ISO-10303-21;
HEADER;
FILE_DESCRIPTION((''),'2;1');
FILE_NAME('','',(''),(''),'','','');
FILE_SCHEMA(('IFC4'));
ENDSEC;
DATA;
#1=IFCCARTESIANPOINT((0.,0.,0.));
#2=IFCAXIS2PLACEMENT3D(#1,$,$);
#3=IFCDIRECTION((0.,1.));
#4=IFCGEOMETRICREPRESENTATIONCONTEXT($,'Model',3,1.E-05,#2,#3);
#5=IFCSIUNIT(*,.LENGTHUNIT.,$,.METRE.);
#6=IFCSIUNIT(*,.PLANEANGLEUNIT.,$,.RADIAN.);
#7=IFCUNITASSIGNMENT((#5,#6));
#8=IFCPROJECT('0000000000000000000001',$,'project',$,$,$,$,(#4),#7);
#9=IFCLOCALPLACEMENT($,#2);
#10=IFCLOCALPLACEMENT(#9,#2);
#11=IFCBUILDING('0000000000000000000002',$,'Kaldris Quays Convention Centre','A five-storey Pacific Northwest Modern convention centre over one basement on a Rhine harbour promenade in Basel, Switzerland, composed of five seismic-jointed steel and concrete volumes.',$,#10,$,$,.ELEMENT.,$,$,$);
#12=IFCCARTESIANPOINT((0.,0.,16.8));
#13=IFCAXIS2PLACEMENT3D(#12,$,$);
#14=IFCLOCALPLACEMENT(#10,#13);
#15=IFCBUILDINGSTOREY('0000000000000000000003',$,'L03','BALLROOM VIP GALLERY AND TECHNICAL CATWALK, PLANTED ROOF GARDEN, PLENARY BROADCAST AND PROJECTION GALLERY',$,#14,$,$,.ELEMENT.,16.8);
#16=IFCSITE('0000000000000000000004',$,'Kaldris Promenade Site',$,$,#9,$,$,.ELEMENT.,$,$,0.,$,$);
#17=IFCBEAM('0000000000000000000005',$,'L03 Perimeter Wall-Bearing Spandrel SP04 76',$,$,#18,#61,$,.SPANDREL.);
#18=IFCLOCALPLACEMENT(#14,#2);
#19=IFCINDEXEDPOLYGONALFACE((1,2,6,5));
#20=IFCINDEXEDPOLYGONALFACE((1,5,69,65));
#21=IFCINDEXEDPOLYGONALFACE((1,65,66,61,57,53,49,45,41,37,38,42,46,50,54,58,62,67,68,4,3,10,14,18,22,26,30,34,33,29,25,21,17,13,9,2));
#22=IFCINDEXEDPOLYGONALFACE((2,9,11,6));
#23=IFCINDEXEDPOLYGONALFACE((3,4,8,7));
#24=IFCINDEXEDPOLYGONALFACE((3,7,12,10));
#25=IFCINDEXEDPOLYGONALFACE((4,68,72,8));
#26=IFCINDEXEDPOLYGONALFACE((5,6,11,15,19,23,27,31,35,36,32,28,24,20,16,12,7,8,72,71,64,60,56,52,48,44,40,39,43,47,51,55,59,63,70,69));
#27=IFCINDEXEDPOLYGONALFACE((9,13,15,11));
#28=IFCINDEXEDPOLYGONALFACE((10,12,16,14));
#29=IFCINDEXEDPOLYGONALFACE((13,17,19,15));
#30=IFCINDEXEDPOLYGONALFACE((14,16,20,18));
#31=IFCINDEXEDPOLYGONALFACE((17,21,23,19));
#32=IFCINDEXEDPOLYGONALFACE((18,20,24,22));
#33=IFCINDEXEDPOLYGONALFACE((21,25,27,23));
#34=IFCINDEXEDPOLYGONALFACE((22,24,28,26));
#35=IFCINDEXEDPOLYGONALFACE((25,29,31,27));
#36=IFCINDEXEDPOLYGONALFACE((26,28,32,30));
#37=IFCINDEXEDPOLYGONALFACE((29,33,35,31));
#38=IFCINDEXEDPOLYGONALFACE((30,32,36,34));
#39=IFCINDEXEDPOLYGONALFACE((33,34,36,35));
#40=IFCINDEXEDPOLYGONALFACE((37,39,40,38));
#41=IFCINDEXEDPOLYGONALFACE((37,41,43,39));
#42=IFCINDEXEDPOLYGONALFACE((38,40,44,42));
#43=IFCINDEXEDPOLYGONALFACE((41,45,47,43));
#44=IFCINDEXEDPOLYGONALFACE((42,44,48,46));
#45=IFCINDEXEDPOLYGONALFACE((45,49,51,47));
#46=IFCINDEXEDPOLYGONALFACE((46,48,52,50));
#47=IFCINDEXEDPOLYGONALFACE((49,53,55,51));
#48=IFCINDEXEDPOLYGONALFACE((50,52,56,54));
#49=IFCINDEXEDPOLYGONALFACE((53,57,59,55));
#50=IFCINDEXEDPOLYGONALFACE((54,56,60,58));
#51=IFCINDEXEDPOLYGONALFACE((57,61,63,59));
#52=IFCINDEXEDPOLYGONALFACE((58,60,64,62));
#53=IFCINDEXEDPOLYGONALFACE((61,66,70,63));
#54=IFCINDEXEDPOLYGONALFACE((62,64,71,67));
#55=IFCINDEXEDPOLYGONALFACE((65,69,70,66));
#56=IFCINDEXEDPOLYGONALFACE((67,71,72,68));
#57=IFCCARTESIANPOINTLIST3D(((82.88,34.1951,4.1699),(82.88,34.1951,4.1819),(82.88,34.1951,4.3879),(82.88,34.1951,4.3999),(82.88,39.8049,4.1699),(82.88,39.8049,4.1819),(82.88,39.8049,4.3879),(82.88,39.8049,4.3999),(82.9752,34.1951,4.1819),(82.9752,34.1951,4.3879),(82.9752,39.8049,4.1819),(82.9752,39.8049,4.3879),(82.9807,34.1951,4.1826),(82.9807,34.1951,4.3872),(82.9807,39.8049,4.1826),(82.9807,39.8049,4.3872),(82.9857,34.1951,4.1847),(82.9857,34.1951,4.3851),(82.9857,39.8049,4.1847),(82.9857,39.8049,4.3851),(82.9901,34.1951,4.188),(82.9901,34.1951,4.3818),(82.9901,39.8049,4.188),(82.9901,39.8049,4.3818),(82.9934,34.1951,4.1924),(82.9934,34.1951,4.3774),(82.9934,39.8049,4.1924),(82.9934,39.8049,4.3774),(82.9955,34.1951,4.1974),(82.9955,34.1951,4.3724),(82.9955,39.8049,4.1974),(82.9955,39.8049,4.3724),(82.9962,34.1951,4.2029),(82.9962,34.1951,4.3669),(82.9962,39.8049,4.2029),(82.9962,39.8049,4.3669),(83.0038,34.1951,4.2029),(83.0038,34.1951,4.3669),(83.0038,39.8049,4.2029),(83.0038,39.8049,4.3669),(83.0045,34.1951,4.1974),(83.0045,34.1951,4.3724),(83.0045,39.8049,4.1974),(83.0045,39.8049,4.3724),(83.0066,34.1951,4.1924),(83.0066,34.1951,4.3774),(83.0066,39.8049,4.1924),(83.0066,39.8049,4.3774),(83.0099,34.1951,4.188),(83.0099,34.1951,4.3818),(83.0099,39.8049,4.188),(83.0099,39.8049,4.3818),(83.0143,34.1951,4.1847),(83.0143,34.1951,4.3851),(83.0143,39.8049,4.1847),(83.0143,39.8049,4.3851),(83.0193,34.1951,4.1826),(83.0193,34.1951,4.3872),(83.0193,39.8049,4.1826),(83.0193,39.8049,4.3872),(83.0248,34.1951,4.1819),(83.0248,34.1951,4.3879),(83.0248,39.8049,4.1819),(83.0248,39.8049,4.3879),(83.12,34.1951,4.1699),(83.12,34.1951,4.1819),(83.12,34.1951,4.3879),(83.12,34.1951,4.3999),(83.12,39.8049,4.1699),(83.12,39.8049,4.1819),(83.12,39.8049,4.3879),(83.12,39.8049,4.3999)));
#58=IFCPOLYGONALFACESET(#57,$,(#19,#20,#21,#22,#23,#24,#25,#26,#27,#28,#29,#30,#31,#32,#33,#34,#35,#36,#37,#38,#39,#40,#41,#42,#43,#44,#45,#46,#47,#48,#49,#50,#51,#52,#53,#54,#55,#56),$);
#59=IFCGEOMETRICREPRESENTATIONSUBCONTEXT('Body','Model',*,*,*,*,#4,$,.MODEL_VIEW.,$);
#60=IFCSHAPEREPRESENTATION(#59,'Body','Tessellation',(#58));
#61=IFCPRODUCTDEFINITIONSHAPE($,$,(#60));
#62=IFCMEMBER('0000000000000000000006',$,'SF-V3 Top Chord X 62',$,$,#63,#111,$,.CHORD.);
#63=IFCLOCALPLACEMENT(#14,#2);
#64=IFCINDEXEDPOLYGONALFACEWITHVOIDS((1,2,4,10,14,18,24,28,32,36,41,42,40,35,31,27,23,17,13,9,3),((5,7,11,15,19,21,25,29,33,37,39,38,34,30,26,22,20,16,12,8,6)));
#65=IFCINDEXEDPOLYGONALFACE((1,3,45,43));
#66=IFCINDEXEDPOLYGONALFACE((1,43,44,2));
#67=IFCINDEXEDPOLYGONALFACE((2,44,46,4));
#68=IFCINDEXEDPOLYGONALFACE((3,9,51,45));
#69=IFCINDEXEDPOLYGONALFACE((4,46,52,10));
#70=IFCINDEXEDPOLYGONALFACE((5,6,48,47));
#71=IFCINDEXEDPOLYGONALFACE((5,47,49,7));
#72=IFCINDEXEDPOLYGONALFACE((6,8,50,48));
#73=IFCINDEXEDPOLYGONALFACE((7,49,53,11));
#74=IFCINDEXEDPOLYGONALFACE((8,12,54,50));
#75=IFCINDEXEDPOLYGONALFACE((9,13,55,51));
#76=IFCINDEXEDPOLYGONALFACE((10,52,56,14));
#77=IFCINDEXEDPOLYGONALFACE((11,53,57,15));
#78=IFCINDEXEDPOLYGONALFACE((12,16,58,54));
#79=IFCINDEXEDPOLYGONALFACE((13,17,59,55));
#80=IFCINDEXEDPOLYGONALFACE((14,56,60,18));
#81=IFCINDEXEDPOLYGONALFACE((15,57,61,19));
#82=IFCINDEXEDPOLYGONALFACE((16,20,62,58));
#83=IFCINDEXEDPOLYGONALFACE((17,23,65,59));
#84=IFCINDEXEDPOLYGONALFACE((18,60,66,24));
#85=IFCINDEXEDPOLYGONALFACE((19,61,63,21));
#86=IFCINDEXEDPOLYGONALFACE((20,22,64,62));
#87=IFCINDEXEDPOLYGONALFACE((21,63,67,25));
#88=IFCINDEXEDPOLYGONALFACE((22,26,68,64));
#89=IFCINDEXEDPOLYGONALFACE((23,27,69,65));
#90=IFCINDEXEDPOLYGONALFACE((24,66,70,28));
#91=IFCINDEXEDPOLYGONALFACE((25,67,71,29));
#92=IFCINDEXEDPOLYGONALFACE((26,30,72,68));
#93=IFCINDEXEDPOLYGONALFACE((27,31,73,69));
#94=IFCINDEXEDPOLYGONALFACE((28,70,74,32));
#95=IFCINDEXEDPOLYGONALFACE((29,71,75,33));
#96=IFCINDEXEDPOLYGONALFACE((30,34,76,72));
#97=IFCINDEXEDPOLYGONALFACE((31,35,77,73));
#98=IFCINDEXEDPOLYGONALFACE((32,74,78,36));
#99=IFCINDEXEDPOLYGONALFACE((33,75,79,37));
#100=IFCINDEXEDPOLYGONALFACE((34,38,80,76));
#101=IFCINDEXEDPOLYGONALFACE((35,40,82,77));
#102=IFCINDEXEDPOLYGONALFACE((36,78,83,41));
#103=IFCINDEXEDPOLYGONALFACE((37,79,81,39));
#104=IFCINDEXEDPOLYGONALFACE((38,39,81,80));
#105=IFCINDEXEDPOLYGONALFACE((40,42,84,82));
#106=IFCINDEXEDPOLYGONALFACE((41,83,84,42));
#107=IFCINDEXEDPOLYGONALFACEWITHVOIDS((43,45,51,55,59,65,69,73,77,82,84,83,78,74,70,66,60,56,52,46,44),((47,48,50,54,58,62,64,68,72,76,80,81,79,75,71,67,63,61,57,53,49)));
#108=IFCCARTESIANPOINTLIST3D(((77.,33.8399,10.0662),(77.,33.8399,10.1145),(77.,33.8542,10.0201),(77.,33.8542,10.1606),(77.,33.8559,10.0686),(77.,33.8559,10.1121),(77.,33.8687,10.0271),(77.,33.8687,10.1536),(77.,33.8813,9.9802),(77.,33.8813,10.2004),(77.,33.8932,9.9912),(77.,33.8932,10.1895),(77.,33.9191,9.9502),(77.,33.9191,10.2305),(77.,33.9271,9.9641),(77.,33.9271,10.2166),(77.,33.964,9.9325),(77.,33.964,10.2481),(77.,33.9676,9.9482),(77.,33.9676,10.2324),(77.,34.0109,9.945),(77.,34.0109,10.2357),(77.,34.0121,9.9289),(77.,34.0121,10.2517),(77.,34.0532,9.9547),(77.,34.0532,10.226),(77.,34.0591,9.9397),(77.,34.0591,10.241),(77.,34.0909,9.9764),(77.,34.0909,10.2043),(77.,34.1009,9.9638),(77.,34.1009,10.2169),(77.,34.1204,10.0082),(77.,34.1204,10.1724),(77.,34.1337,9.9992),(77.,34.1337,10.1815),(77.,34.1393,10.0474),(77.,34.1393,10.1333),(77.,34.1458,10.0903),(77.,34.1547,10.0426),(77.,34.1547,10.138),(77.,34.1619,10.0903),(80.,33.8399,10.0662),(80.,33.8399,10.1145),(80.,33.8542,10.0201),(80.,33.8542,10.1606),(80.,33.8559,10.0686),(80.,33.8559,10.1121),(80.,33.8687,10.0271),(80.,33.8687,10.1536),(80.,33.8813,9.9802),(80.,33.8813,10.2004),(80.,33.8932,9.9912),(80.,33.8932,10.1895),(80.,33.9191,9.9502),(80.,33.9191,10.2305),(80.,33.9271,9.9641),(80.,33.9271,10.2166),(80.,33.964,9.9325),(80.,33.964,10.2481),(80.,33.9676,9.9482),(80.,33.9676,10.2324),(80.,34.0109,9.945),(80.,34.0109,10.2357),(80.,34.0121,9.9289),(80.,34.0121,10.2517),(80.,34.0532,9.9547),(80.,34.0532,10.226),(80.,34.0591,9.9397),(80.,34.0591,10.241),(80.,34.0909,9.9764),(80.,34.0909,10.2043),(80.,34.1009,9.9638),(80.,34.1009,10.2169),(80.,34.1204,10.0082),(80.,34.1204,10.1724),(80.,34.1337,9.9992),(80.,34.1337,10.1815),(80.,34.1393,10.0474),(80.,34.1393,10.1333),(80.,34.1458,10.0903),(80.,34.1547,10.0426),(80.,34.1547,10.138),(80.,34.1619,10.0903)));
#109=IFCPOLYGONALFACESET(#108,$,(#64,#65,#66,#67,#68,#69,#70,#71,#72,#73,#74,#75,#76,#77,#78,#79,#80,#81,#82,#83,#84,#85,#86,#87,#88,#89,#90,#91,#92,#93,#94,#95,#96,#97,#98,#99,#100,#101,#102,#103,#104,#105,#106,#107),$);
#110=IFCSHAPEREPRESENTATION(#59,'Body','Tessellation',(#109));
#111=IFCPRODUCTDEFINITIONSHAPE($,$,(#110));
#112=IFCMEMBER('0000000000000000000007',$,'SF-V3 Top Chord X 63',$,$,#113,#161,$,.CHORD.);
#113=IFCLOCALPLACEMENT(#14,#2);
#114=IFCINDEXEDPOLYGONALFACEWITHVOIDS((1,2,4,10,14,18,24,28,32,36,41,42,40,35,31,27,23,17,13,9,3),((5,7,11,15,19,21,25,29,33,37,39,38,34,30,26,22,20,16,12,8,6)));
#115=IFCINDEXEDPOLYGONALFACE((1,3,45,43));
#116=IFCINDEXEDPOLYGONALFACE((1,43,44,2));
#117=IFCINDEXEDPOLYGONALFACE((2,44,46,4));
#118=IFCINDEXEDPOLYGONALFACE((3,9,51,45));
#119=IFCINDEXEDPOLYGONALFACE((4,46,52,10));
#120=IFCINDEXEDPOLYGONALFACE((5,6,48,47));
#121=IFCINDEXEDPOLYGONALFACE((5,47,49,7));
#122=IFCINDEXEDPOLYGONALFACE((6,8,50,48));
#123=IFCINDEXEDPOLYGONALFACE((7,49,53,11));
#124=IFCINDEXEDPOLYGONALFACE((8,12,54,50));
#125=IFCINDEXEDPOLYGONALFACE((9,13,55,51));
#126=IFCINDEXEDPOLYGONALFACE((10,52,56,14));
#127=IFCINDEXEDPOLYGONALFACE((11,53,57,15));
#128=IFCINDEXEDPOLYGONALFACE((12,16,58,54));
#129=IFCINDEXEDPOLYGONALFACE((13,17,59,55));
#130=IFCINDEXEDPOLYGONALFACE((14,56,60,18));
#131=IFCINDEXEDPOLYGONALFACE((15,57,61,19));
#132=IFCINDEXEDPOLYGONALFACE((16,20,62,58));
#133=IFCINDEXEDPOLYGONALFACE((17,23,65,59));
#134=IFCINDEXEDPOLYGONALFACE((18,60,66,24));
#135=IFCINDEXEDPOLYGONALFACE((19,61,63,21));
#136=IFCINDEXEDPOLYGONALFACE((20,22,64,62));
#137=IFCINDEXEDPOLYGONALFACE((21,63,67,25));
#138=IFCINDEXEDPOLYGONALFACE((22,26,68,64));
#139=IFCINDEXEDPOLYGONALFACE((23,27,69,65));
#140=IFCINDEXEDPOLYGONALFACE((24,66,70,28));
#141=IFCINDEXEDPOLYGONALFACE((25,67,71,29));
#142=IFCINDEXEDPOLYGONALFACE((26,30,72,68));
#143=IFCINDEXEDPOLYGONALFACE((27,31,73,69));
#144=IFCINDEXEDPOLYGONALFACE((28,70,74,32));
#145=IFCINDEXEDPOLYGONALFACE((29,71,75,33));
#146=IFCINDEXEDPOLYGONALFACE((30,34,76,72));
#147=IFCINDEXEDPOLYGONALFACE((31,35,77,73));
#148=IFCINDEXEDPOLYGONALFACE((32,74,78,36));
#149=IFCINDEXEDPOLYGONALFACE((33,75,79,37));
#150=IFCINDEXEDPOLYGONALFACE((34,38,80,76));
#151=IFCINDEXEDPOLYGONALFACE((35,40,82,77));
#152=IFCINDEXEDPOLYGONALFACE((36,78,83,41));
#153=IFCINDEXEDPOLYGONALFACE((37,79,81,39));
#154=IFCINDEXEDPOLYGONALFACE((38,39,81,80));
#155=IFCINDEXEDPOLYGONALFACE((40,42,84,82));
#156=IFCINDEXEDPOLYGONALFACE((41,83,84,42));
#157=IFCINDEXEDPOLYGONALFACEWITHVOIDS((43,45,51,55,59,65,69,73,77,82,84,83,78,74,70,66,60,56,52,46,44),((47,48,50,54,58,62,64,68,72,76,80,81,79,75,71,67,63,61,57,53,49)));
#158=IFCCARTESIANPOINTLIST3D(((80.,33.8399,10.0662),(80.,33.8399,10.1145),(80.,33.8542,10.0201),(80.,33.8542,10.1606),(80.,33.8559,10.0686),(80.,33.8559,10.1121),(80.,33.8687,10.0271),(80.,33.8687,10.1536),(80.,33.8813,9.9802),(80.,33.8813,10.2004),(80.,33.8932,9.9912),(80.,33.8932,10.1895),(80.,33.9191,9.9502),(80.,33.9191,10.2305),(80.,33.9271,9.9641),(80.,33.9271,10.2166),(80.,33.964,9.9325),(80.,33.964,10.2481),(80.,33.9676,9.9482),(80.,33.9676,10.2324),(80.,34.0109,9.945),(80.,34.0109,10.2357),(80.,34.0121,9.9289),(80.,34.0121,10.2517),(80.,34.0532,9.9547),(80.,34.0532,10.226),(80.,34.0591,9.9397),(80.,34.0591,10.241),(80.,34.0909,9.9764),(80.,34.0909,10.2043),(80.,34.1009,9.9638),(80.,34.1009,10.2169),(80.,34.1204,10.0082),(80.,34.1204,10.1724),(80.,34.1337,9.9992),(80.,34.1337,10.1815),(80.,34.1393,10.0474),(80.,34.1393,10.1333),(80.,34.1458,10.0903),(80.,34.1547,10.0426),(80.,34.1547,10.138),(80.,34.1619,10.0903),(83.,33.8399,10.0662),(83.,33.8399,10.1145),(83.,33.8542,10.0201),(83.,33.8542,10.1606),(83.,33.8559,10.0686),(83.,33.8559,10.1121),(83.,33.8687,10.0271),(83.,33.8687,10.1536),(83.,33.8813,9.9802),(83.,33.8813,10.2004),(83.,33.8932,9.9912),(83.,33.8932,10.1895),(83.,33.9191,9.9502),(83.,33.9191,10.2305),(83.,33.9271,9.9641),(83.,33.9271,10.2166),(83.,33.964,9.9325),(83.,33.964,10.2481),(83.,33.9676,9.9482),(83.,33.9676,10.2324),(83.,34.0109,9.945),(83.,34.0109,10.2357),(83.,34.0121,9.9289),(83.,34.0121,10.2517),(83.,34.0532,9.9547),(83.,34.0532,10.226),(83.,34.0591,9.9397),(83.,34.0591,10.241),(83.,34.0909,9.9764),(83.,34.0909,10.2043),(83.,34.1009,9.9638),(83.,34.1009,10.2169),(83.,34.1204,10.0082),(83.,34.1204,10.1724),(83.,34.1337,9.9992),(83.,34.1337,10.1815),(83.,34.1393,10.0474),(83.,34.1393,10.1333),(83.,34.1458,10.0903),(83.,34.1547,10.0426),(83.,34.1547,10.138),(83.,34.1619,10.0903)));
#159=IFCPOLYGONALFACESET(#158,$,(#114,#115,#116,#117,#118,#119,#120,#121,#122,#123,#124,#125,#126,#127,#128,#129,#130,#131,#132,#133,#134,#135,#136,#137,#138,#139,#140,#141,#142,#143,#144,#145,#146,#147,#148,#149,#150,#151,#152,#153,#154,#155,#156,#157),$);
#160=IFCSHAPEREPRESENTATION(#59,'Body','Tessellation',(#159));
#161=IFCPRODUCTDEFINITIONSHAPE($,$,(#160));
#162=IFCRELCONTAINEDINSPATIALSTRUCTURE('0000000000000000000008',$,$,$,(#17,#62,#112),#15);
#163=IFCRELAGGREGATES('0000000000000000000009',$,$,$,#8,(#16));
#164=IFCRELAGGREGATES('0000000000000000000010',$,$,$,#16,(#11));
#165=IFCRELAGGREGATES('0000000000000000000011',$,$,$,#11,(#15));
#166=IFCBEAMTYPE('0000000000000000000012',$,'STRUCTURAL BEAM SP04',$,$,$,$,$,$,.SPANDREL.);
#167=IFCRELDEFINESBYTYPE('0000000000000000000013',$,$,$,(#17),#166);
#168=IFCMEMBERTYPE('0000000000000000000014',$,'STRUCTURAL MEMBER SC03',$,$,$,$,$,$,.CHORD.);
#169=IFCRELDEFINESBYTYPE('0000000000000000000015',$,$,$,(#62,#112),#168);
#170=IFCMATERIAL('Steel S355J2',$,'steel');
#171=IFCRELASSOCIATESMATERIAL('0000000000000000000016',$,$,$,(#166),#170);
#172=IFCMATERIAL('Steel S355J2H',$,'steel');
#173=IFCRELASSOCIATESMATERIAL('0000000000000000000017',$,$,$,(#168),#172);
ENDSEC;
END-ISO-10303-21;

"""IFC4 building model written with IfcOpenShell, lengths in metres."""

from ifc_helpers import new_model, si_unit, direction, frame, origin, origin_2d, place, context, subcontext, project, spatial, hollow_circle, i_section, extrude, material, material_profile, profile_set, type_object, element, save


model = new_model("IFC4")

# Units and contexts
model_context = context("Model", 3, precision=1e-05, world=origin(), true_north=direction((0.0, 1.0)))
body_context = subcontext(model_context, "Body", "Model", "MODEL_VIEW")
ifc_project = project(units=[si_unit("LENGTHUNIT", "METRE"), si_unit("PLANEANGLEUNIT", "RADIAN")], contexts=[model_context])

# Site, building, storey
site_placement = place(None, origin())
site = spatial("IfcSite", under=ifc_project, at=site_placement, Name="Kaldris Promenade Site", CompositionType="ELEMENT", RefElevation=0.0)
building_placement = place(site_placement, origin())
building = spatial("IfcBuilding", under=site, at=building_placement, Name="Kaldris Quays Convention Centre", Description="A five-storey Pacific Northwest Modern convention centre over one basement on a Rhine harbour promenade in Basel, Switzerland, composed of five seismic-jointed steel and concrete volumes.", CompositionType="ELEMENT")
storey_placement = place(building_placement, frame((0.0, 0.0, 16.8)))
storey = spatial("IfcBuildingStorey", under=building, at=storey_placement, Name="L03", Description="BALLROOM VIP GALLERY AND TECHNICAL CATWALK, PLANTED ROOF GARDEN, PLENARY BROADCAST AND PROJECTION GALLERY", CompositionType="ELEMENT", Elevation=16.8)

# Shared definitions
ifc_material_1 = material(Name="Steel S355J2", Category="steel")

# Beam
ifc_material_profile_1 = material_profile(ifc_material_1, i_section(OverallWidth=0.24, OverallDepth=0.23, WebThickness=0.0076, FlangeThickness=0.012, FilletRadius=0.021, at=origin_2d()), Name="HEA 240")
ifc_profile_set_1 = profile_set([ifc_material_profile_1], Name="Steel S355J2")
beam_type_1 = type_object("IfcBeamType", Name="STRUCTURAL BEAM SP04", PredefinedType="SPANDREL", material=ifc_profile_set_1)
beam_1_placement = place(storey_placement, frame((83.0, 34.1951, 4.2849), z_axis=(0.0, 1.0, 0.0), x_axis=(-1.0, 0.0, 0.0)))
element("IfcBeam", 1, at=beam_1_placement, inside=storey, type_object=beam_type_1, Name="L03 Perimeter Wall-Bearing Spandrel SP04 76", PredefinedType="SPANDREL", context=body_context, shape_type="SweptSolid", body=[
    extrude(i_section(OverallWidth=0.24, OverallDepth=0.23, WebThickness=0.0076, FlangeThickness=0.012, FilletRadius=0.021, at=origin_2d()), origin(), (0.0, 0.0, 1.0), 5.6099),
])

# Members
ifc_material_2 = material(Name="Steel S355J2H", Category="steel")
ifc_material_profile_2 = material_profile(ifc_material_2, hollow_circle(Radius=0.1619, WallThickness=0.0161, at=origin_2d()), Name="CHS 323.9x16")
ifc_profile_set_2 = profile_set([ifc_material_profile_2], Name="Steel S355J2H")
member_type_1 = type_object("IfcMemberType", Name="STRUCTURAL MEMBER SC03", PredefinedType="CHORD", material=ifc_profile_set_2)
for number, where, z_axis, x_axis, name in (
    (2, (77.0, 34.0, 10.0903), (1.0, 0.0, 0.0), (0.0, 1.0, 0.0), "SF-V3 Top Chord X 62"),
    (3, (80.0, 34.0, 10.0903), (1.0, 0.0, 0.0), (0.0, 1.0, 0.0), "SF-V3 Top Chord X 63"),
):
    element("IfcMember", number, at=place(storey_placement, frame(where, z_axis=z_axis, x_axis=x_axis)), inside=storey, type_object=member_type_1, Name=name, PredefinedType="CHORD", context=body_context, shape_type="SweptSolid", body=[
        extrude(hollow_circle(Radius=0.1619, WallThickness=0.0161, at=origin_2d()), origin(), (0.0, 0.0, 1.0), 3.0),
    ])

save(model, "model.ifc")
